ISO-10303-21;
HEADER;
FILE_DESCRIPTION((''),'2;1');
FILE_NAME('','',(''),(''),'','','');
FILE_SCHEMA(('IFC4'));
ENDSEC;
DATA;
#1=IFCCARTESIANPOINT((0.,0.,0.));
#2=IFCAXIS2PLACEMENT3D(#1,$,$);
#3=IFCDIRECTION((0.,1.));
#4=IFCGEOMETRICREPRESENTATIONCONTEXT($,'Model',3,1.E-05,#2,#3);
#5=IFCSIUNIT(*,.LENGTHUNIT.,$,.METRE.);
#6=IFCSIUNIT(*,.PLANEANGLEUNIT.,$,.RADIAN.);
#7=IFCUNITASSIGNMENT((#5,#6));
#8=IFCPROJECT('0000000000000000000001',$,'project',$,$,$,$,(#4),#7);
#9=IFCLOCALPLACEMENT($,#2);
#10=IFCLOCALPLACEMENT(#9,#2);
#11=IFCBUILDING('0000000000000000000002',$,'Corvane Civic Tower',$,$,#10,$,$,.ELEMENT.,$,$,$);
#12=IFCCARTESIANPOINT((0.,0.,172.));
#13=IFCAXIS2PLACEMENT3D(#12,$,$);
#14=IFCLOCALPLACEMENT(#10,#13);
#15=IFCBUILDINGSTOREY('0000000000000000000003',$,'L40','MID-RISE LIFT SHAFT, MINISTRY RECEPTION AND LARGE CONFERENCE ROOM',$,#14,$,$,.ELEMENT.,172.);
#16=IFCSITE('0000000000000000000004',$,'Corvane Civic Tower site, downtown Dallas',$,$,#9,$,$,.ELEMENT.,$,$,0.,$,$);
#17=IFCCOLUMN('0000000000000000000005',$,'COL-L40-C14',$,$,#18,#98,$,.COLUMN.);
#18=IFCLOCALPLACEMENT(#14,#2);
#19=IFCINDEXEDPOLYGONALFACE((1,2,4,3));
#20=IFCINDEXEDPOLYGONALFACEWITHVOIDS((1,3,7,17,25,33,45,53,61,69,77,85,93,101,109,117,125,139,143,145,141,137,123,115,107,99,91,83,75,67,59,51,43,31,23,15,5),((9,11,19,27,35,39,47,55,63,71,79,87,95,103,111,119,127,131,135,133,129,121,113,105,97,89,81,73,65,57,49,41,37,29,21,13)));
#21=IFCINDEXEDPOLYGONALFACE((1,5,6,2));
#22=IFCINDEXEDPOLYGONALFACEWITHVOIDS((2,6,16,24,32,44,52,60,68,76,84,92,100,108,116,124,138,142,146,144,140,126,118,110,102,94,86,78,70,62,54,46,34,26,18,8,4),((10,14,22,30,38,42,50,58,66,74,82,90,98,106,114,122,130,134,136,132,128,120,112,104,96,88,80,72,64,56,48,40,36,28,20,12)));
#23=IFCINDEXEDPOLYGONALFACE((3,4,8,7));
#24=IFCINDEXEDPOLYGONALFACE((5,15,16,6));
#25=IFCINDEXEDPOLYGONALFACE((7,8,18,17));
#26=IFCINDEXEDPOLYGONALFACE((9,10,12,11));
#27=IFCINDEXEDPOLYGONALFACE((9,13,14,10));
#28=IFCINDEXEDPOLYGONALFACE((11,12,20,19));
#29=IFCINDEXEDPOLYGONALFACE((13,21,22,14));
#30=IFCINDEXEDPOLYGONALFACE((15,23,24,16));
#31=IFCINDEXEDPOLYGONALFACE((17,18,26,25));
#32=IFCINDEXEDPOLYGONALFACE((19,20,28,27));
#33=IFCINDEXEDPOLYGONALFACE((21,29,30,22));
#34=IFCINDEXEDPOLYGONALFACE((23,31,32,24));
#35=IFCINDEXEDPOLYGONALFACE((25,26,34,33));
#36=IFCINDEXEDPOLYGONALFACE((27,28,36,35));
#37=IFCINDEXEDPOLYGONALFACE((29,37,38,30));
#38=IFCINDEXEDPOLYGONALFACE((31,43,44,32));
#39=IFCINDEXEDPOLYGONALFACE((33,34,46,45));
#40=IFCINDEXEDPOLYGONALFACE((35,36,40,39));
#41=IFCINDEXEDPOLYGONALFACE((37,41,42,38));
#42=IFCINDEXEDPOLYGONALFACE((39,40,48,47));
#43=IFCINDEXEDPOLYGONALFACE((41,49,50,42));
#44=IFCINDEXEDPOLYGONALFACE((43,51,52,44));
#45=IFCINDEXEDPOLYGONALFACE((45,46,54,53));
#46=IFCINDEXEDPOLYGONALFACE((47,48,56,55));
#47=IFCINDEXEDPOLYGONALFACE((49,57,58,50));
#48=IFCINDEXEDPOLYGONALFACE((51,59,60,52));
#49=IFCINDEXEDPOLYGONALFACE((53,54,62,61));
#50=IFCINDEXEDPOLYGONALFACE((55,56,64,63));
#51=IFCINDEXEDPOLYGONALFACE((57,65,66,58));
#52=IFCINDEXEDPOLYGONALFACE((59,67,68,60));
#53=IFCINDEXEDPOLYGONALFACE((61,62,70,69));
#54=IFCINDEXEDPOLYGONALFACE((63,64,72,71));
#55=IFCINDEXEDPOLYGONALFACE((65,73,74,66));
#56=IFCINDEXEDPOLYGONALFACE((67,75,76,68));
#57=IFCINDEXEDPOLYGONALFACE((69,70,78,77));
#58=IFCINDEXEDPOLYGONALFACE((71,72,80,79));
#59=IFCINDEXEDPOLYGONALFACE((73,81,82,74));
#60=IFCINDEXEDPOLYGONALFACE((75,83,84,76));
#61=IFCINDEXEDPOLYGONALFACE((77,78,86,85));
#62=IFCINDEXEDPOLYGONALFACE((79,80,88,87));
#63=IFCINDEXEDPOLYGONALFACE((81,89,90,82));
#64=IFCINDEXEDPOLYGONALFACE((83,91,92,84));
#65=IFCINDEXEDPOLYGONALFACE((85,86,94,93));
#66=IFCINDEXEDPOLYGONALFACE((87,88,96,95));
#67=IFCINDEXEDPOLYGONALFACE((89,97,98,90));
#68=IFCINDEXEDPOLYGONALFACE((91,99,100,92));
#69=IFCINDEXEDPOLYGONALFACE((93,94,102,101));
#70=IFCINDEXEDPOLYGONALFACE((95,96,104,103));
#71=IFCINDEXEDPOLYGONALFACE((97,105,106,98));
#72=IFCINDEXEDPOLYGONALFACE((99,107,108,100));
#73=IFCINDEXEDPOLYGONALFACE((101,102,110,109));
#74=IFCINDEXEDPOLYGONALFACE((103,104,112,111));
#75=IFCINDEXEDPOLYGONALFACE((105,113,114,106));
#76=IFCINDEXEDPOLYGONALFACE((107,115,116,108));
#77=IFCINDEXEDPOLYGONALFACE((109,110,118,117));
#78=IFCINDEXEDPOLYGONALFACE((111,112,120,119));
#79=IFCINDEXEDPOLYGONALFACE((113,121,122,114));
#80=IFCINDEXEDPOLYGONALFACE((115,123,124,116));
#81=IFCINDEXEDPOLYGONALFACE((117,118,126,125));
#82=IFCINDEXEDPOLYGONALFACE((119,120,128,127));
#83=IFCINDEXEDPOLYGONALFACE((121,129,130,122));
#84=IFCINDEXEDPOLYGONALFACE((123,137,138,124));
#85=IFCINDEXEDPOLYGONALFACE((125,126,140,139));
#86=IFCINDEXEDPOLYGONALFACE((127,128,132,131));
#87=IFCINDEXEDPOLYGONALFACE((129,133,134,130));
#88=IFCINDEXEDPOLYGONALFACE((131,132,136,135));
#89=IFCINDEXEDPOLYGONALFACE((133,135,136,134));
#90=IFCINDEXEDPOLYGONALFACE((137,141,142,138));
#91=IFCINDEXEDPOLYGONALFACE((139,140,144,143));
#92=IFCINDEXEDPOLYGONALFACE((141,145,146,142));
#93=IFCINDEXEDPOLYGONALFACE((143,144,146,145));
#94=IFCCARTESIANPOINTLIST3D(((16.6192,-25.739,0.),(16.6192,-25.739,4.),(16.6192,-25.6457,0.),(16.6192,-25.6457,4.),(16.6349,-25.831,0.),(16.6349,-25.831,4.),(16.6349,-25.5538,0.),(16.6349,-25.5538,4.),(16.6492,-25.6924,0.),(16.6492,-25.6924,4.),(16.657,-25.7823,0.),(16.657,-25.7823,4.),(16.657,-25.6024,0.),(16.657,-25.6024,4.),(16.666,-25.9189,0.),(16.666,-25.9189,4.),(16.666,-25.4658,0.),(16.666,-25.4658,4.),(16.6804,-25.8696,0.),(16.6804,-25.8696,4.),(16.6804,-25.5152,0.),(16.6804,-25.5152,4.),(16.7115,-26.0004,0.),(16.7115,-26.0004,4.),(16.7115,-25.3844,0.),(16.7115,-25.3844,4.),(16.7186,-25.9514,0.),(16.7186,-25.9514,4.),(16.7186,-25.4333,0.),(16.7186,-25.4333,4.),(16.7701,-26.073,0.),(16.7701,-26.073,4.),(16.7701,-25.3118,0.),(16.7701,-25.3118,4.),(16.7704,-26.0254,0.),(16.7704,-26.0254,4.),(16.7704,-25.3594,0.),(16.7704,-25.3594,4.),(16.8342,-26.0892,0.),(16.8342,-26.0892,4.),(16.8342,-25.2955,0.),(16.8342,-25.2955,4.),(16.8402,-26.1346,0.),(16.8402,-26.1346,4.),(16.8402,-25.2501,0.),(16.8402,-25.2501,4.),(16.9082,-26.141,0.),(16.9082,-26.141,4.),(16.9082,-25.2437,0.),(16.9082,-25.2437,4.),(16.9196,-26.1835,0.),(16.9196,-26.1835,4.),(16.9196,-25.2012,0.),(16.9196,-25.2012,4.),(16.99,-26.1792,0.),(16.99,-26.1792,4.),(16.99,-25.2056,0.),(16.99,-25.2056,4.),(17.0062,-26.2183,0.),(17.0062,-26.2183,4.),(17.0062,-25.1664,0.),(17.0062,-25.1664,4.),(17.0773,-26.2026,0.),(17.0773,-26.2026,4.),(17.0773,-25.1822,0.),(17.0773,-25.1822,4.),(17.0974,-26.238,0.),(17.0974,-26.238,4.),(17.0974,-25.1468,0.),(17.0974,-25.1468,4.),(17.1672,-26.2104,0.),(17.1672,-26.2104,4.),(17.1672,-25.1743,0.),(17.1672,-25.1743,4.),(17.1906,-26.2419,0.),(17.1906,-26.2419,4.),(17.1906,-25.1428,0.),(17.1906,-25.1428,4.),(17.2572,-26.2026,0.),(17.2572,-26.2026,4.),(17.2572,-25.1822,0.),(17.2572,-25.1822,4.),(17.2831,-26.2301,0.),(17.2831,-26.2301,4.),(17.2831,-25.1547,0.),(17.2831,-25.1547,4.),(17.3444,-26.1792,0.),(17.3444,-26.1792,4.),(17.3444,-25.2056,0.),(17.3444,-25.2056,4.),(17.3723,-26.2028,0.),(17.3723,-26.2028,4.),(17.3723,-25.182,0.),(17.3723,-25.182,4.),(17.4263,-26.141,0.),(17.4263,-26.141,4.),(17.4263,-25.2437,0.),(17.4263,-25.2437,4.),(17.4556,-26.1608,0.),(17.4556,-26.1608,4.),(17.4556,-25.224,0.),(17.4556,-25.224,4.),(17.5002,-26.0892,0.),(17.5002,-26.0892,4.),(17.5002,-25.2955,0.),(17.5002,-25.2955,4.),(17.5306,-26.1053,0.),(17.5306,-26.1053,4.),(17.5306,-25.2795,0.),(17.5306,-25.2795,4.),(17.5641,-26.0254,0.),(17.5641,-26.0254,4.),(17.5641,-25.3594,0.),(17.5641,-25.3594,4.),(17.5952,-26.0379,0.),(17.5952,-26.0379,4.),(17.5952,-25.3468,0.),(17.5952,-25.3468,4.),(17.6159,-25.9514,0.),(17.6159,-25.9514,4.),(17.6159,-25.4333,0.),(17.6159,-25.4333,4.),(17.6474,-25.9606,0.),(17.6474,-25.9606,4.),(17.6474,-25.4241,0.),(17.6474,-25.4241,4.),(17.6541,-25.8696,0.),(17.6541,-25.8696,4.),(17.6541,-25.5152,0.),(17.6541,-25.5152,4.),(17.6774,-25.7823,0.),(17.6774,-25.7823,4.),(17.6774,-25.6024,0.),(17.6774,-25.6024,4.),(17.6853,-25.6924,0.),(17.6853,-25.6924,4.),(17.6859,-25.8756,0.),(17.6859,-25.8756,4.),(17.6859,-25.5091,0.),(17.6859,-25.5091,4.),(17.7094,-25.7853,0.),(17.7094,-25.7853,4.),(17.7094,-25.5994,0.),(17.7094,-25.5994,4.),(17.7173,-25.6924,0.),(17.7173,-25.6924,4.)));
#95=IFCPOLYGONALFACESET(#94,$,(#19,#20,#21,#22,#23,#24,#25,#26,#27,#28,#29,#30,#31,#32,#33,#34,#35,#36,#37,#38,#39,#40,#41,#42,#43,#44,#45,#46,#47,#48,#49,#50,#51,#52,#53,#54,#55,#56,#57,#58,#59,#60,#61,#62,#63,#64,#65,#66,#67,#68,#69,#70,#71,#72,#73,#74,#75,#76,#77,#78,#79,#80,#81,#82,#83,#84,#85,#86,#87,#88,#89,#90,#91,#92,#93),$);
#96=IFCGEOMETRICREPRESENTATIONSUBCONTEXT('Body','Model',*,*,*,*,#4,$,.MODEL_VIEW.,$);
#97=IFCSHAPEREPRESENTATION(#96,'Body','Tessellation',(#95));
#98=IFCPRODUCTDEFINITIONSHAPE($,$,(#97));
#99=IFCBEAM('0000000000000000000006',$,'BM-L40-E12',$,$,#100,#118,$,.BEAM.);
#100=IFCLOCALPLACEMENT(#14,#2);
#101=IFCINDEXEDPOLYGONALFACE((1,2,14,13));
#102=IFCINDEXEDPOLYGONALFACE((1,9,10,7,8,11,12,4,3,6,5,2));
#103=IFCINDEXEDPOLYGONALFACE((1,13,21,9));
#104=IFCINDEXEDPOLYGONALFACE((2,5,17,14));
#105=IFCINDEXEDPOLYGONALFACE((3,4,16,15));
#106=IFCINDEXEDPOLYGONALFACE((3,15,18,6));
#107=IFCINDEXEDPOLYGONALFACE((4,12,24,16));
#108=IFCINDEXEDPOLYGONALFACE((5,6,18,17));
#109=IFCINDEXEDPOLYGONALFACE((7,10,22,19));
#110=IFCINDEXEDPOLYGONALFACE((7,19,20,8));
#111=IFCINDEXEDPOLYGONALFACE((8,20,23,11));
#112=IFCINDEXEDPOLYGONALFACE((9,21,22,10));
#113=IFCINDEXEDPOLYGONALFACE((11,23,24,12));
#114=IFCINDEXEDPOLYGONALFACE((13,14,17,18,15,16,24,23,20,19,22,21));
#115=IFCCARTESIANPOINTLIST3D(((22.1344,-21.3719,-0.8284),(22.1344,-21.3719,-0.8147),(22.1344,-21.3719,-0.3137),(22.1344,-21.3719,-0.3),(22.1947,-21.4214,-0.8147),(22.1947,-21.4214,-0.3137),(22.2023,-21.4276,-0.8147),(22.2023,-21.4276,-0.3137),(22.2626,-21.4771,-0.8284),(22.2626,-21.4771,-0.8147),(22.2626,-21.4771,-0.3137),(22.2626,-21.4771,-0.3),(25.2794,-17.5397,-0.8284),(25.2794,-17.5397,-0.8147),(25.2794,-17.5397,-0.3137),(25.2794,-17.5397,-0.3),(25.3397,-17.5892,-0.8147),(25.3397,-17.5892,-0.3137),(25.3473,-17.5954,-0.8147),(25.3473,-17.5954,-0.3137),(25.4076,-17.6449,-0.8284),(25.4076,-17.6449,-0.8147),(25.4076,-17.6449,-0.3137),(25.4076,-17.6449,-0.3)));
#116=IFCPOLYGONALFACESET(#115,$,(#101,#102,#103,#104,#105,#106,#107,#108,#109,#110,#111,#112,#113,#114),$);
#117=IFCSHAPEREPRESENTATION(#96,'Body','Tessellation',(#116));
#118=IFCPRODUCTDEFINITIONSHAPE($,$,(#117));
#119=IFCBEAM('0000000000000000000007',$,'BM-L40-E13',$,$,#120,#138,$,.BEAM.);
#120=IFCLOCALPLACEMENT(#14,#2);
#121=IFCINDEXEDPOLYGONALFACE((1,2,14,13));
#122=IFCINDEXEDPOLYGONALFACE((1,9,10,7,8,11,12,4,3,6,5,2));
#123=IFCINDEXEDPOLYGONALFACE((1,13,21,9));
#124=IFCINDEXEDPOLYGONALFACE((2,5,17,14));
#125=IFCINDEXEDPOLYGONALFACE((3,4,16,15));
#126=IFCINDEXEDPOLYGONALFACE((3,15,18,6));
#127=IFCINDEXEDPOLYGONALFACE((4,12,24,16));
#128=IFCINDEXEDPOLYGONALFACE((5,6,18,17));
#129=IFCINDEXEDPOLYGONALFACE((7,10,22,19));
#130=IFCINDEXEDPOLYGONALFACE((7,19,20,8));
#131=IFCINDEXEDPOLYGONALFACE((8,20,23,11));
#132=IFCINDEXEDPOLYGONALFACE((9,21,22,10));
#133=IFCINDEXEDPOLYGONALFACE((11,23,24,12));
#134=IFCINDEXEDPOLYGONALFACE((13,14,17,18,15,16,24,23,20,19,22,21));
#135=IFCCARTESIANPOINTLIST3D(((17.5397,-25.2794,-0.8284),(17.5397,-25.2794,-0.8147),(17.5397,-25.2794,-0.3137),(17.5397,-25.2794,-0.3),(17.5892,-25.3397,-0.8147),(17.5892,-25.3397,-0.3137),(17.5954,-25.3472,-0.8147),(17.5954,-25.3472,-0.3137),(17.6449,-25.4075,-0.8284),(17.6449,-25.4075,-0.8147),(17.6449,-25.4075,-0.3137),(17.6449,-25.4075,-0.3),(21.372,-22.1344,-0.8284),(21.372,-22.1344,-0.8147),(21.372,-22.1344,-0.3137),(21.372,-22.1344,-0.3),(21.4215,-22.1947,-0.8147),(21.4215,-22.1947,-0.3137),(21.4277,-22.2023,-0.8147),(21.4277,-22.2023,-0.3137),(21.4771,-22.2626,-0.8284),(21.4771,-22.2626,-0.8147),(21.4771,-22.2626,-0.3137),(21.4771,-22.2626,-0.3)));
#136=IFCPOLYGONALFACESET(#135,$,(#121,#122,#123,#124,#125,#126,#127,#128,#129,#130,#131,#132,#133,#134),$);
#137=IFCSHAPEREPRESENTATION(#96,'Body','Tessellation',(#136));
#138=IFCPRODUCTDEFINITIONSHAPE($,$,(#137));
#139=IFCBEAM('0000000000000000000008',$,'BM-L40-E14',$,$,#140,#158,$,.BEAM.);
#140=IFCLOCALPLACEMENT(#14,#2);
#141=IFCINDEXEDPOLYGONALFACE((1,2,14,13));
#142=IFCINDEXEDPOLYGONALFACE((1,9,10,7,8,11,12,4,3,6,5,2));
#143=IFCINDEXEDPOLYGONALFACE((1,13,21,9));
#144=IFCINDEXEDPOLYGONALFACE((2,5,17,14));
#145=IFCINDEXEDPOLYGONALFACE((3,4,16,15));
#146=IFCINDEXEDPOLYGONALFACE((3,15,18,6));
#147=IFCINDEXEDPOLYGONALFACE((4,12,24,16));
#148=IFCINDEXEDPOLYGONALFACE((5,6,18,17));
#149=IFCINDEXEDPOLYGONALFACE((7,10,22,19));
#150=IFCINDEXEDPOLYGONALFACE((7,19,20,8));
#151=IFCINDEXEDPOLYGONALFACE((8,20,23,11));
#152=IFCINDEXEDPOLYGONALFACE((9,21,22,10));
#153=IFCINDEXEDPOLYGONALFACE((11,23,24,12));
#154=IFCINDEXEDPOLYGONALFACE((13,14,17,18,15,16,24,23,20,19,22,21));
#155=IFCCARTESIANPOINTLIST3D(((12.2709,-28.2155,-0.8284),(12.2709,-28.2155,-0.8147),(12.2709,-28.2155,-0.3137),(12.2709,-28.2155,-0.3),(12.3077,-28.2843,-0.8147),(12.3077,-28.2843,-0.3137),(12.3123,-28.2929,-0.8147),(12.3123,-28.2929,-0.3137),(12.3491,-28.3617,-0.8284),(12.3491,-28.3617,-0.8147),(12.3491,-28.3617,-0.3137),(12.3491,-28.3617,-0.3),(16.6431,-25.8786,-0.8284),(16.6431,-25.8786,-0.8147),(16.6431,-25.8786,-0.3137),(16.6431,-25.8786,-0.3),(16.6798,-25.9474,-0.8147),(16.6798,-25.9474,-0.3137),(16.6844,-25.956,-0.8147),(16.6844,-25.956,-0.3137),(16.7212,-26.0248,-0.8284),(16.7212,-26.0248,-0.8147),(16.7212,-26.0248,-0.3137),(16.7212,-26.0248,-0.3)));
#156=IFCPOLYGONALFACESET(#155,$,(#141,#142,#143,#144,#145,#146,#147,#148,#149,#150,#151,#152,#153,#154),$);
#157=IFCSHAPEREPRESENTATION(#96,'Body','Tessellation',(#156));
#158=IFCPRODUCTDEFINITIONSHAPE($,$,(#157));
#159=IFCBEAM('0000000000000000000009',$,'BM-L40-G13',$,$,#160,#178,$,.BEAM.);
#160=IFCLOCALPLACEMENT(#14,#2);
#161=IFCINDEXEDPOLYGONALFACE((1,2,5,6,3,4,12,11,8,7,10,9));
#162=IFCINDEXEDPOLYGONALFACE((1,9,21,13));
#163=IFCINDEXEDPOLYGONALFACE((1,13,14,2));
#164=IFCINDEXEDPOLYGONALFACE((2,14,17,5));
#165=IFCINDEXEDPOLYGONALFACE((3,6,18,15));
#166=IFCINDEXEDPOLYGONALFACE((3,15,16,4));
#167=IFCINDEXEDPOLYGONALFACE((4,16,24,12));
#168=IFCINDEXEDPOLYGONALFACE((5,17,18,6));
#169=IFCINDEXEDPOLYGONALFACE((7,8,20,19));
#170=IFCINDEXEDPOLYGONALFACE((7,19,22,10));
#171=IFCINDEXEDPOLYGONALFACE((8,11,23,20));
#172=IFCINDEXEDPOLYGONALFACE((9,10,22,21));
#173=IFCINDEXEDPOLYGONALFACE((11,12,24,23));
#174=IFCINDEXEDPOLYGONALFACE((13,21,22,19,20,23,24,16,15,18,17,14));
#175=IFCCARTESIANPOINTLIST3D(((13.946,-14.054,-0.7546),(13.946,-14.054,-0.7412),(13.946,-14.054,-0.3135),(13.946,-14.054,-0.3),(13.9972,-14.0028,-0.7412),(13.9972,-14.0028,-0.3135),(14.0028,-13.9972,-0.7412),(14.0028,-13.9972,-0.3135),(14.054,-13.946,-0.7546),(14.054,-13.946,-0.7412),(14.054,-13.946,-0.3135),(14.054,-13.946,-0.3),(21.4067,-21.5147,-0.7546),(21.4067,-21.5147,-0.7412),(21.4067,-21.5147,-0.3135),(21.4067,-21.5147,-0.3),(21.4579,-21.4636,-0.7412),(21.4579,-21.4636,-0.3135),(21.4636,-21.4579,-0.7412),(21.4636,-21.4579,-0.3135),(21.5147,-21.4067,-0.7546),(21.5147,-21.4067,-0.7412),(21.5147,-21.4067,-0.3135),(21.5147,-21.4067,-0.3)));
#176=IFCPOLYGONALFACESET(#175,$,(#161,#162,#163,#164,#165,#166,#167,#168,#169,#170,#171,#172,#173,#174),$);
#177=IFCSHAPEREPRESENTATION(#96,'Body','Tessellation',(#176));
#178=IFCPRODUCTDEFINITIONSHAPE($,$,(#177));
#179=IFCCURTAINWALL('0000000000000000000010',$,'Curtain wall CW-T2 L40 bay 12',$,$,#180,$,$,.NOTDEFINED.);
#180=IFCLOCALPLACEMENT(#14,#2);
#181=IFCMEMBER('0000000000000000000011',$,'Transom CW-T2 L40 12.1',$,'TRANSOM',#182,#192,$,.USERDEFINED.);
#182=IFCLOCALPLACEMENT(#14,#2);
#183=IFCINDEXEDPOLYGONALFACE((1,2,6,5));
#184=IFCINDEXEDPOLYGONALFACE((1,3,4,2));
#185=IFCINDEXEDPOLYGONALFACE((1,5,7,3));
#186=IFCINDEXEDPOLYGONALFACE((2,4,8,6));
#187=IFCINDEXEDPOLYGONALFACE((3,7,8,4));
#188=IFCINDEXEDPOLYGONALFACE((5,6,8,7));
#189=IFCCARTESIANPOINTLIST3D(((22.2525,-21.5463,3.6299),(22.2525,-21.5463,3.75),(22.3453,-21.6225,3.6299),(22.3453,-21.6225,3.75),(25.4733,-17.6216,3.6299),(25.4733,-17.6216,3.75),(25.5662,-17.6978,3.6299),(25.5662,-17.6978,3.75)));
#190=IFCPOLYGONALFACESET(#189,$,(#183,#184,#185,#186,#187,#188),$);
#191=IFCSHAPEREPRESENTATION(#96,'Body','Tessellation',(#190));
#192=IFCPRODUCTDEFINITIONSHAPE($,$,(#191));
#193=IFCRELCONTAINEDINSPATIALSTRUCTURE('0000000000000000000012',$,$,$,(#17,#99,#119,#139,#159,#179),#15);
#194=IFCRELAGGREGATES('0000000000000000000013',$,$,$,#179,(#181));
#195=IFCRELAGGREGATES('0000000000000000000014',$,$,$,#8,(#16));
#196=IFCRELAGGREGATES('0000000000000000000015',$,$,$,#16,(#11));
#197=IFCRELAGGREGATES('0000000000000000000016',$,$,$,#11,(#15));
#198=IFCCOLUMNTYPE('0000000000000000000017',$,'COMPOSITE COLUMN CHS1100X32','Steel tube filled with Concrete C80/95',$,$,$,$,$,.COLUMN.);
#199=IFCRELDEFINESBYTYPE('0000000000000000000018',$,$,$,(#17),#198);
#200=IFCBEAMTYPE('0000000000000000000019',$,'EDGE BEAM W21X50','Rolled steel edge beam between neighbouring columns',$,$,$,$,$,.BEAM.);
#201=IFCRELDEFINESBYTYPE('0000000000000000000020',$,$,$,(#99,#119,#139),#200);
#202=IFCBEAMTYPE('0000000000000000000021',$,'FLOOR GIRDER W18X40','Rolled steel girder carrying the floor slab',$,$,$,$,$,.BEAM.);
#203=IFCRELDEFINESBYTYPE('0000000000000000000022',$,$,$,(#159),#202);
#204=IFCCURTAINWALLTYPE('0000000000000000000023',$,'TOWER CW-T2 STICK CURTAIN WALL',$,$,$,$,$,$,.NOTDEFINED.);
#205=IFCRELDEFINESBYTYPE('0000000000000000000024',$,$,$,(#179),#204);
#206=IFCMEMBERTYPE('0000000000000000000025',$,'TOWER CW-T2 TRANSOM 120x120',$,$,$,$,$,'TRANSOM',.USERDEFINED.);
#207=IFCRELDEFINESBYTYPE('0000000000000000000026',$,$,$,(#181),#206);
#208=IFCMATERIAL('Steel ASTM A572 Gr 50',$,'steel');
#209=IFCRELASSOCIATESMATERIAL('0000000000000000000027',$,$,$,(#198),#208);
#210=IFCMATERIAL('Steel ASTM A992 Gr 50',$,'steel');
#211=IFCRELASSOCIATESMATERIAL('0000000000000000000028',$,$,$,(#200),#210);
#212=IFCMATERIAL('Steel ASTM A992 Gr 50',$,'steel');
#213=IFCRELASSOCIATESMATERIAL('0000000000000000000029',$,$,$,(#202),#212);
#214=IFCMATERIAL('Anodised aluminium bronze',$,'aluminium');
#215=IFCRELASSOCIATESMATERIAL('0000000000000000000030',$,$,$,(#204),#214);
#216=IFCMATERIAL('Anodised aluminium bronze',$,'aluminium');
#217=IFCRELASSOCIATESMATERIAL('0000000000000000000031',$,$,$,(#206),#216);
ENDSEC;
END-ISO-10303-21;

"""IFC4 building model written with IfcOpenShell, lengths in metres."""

from ifc_helpers import new_model, si_unit, direction, frame, origin, origin_2d, place, context, subcontext, project, spatial, rectangle, hollow_circle, i_section, extrude, material, material_profile, profile_set, type_object, element, aggregate, save


model = new_model("IFC4")

# Units and contexts
model_context = context("Model", 3, precision=1e-05, world=origin(), true_north=direction((0.0, 1.0)))
body_context = subcontext(model_context, "Body", "Model", "MODEL_VIEW")
ifc_project = project(units=[si_unit("LENGTHUNIT", "METRE"), si_unit("PLANEANGLEUNIT", "RADIAN")], contexts=[model_context])

# Site, building, storey
site_placement = place(None, origin())
site = spatial("IfcSite", under=ifc_project, at=site_placement, Name="Corvane Civic Tower site, downtown Dallas", CompositionType="ELEMENT", RefElevation=0.0)
building_placement = place(site_placement, origin())
building = spatial("IfcBuilding", under=site, at=building_placement, Name="Corvane Civic Tower", CompositionType="ELEMENT")
storey_placement = place(building_placement, frame((0.0, 0.0, 172.0)))
storey = spatial("IfcBuildingStorey", under=building, at=storey_placement, Name="L40", Description="MID-RISE LIFT SHAFT, MINISTRY RECEPTION AND LARGE CONFERENCE ROOM", CompositionType="ELEMENT", Elevation=172.0)

# Column
ifc_material_1 = material(Name="Steel ASTM A572 Gr 50", Category="steel")
ifc_material_profile_1 = material_profile(ifc_material_1, hollow_circle(Radius=0.55, WallThickness=0.032, at=origin_2d()), Name="CHS1100X32")
ifc_profile_set_1 = profile_set([ifc_material_profile_1], Name="Steel ASTM A572 Gr 50")
column_type = type_object("IfcColumnType", Name="COMPOSITE COLUMN CHS1100X32", Description="Steel tube filled with Concrete C80/95", PredefinedType="COLUMN", material=ifc_profile_set_1)
for number, where, z_axis, x_axis, name in (
    (1, (17.1672, -25.6924, 0.0), (0.0, 0.0, 1.0), (1.0, 0.0, 0.0), "COL-L40-C14"),
):
    element("IfcColumn", number, at=place(storey_placement, frame(where, z_axis=z_axis, x_axis=x_axis)), inside=storey, type_object=column_type, Name=name, PredefinedType="COLUMN", context=body_context, shape_type="SweptSolid", body=[
        extrude(hollow_circle(Radius=0.55, WallThickness=0.032, at=origin_2d()), origin(), (0.0, 0.0, 1.0), 4.0),
    ])

# Beams
ifc_material_2 = material(Name="Steel ASTM A992 Gr 50", Category="steel")
ifc_material_profile_2 = material_profile(ifc_material_2, i_section(OverallWidth=0.1658, OverallDepth=0.5283, WebThickness=0.0098, FlangeThickness=0.0137, at=origin_2d()), Name="W21X50")
ifc_profile_set_2 = profile_set([ifc_material_profile_2], Name="Steel ASTM A992 Gr 50")
beam_type_1 = type_object("IfcBeamType", Name="EDGE BEAM W21X50", Description="Rolled steel edge beam between neighbouring columns", PredefinedType="BEAM", material=ifc_profile_set_2)
for number, where, z_axis, x_axis, name in (
    (2, (25.3435, -17.5923, -0.5642), (-0.634388, -0.773015, 0.0), (0.773015, -0.634388, 0.0), "BM-L40-E12"),
    (3, (21.4246, -22.1985, -0.5642), (-0.773015, -0.634388, 0.0), (0.634388, -0.773015, 0.0), "BM-L40-E13"),
    (4, (16.6821, -25.9517, -0.5642), (-0.881922, -0.471396, 0.0), (0.471396, -0.881922, 0.0), "BM-L40-E14"),
):
    element("IfcBeam", number, at=place(storey_placement, frame(where, z_axis=z_axis, x_axis=x_axis)), inside=storey, type_object=beam_type_1, Name=name, PredefinedType="BEAM", context=body_context, shape_type="SweptSolid", body=[
        extrude(i_section(OverallWidth=0.1658, OverallDepth=0.5283, WebThickness=0.0098, FlangeThickness=0.0137, at=origin_2d()), origin(), (0.0, 0.0, 1.0), 4.9575),
    ])
ifc_material_3 = material(Name="Steel ASTM A992 Gr 50", Category="steel")
ifc_material_profile_3 = material_profile(ifc_material_3, i_section(OverallWidth=0.1528, OverallDepth=0.4546, WebThickness=0.0081, FlangeThickness=0.0134, at=origin_2d()), Name="W18X40")
ifc_profile_set_3 = profile_set([ifc_material_profile_3], Name="Steel ASTM A992 Gr 50")
beam_type_2 = type_object("IfcBeamType", Name="FLOOR GIRDER W18X40", Description="Rolled steel girder carrying the floor slab", PredefinedType="BEAM", material=ifc_profile_set_3)
beam_placement = place(storey_placement, frame((14.0, -14.0, -0.5273), z_axis=(0.707107, -0.707107, 0.0), x_axis=(0.707107, 0.707107, 0.0)))
element("IfcBeam", 5, at=beam_placement, inside=storey, type_object=beam_type_2, Name="BM-L40-G13", PredefinedType="BEAM", context=body_context, shape_type="SweptSolid", body=[
    extrude(i_section(OverallWidth=0.1528, OverallDepth=0.4546, WebThickness=0.0081, FlangeThickness=0.0134, at=origin_2d()), origin(), (0.0, 0.0, 1.0), 10.551),
])

# Curtain wall, member
ifc_material_4 = material(Name="Anodised aluminium bronze", Category="aluminium")
curtain_wall_type = type_object("IfcCurtainWallType", Name="TOWER CW-T2 STICK CURTAIN WALL", PredefinedType="NOTDEFINED", material=ifc_material_4)
curtain_wall_1_placement = place(storey_placement, origin())
curtain_wall_1 = element("IfcCurtainWall", 6, at=curtain_wall_1_placement, inside=storey, type_object=curtain_wall_type, Name="Curtain wall CW-T2 L40 bay 12", PredefinedType="NOTDEFINED")
ifc_material_5 = material(Name="Anodised aluminium bronze", Category="aluminium")
ifc_material_profile_4 = material_profile(ifc_material_5, rectangle(XDim=0.1201, YDim=0.1201, at=origin_2d()), Name="TOWER CW-T2 TRANSOM 120x120")
ifc_profile_set_4 = profile_set([ifc_material_profile_4], Name="Anodised aluminium bronze")
member_type = type_object("IfcMemberType", Name="TOWER CW-T2 TRANSOM 120x120", ElementType="TRANSOM", PredefinedType="USERDEFINED", material=ifc_profile_set_4)
member_1_placement = place(storey_placement, frame((25.5198, -17.6597, 3.6899), z_axis=(-0.634387, -0.773016, 0.0), x_axis=(0.773016, -0.634387, 0.0)))
member_1 = element("IfcMember", 7, at=member_1_placement, type_object=member_type, Name="Transom CW-T2 L40 12.1", ObjectType="TRANSOM", PredefinedType="USERDEFINED", context=body_context, shape_type="SweptSolid", body=[
    extrude(rectangle(XDim=0.1201, YDim=0.1201, at=origin_2d()), origin(), (0.0, 0.0, 1.0), 5.0771),
])

aggregate(curtain_wall_1, [member_1])

save(model, "model.ifc")
